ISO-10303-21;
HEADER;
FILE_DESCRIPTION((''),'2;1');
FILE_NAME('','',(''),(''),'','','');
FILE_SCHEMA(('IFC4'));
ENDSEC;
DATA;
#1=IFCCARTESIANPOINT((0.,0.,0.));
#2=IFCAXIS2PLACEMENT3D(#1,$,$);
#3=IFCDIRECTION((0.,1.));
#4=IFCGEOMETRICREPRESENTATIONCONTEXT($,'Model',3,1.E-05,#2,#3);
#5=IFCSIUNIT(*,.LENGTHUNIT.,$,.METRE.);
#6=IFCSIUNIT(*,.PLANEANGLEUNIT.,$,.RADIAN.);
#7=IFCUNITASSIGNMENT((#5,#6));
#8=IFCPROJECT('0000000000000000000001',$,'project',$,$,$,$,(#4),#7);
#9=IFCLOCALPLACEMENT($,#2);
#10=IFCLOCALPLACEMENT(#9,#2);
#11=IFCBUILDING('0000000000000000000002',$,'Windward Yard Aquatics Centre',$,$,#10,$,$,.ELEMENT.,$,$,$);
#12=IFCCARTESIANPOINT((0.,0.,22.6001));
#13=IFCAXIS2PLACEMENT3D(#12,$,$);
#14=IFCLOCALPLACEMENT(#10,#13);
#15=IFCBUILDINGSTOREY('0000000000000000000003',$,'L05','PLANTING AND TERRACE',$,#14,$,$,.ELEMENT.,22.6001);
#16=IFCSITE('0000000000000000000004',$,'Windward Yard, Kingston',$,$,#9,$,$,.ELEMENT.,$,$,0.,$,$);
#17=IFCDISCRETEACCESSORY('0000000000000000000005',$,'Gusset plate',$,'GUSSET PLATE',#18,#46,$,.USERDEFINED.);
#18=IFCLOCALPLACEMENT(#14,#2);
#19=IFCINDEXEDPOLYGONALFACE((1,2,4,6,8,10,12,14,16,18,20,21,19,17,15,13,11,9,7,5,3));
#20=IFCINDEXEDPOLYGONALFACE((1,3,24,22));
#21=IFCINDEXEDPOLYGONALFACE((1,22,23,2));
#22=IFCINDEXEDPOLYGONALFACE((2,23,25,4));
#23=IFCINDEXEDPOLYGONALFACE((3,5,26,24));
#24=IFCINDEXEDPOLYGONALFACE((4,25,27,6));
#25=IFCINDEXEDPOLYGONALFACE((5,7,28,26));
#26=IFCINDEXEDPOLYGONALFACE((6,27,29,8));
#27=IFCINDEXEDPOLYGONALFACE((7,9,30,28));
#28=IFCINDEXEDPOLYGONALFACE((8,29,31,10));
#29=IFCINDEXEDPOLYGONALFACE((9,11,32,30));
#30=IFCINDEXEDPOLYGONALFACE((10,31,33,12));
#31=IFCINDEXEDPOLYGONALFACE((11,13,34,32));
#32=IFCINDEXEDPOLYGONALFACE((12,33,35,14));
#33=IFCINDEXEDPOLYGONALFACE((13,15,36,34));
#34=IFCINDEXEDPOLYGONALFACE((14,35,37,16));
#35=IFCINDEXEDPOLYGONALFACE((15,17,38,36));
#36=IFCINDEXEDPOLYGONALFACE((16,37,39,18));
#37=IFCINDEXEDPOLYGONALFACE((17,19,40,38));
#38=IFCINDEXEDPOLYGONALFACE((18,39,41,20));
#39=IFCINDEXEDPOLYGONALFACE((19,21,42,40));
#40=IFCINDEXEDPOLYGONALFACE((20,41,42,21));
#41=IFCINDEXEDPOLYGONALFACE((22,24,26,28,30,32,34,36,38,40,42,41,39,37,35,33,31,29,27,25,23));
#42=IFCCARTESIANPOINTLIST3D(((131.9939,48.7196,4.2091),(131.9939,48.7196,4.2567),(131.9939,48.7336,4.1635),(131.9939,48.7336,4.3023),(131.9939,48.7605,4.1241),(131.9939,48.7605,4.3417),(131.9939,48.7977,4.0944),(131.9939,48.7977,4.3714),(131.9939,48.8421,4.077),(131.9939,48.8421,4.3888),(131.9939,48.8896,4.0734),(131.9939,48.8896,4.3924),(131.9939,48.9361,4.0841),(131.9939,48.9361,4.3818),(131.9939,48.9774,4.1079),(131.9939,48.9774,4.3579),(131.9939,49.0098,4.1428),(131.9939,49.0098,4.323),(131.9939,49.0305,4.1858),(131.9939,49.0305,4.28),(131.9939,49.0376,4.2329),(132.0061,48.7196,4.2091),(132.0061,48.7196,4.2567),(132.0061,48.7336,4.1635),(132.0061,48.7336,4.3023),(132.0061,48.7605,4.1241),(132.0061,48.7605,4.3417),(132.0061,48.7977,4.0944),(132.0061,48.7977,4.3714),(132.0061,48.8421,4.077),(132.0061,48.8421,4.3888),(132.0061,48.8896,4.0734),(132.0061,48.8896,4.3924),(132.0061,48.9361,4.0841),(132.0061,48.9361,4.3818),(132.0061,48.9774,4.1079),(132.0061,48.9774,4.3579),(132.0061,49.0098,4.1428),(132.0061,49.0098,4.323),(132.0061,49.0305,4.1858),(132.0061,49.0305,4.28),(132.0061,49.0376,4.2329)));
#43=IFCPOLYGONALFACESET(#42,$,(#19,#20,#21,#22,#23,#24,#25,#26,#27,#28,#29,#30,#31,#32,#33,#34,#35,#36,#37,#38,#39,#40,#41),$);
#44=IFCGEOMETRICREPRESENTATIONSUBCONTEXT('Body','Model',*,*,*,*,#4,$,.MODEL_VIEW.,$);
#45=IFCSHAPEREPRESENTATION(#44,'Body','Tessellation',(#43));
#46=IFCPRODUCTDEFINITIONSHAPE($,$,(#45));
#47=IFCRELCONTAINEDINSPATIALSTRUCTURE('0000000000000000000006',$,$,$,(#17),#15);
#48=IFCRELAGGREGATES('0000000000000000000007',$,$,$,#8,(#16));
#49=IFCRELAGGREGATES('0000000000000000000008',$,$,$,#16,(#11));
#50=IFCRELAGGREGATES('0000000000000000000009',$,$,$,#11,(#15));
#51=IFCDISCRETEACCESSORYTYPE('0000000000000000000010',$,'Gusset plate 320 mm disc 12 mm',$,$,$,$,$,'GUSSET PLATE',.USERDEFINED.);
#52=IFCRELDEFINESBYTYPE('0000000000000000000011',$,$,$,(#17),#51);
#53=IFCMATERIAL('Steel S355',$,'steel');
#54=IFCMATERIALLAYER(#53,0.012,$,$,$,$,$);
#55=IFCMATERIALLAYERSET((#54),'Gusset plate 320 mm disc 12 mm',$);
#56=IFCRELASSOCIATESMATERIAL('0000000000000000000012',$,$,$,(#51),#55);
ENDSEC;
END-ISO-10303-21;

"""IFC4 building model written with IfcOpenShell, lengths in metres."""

from ifc_helpers import new_model, si_unit, direction, frame, origin, origin_2d, place, context, subcontext, project, spatial, circle, extrude, material, layer, layer_set, type_object, element, save


model = new_model("IFC4")

# Units and contexts
model_context = context("Model", 3, precision=1e-05, world=origin(), true_north=direction((0.0, 1.0)))
body_context = subcontext(model_context, "Body", "Model", "MODEL_VIEW")
ifc_project = project(units=[si_unit("LENGTHUNIT", "METRE"), si_unit("PLANEANGLEUNIT", "RADIAN")], contexts=[model_context])

# Site, building, storey
site_placement = place(None, origin())
site = spatial("IfcSite", under=ifc_project, at=site_placement, Name="Windward Yard, Kingston", CompositionType="ELEMENT", RefElevation=0.0)
building_placement = place(site_placement, origin())
building = spatial("IfcBuilding", under=site, at=building_placement, Name="Windward Yard Aquatics Centre", CompositionType="ELEMENT")
storey_placement = place(building_placement, frame((0.0, 0.0, 22.6001)))
storey = spatial("IfcBuildingStorey", under=building, at=storey_placement, Name="L05", Description="PLANTING AND TERRACE", CompositionType="ELEMENT", Elevation=22.6001)

# Discrete accessory
ifc_material_1 = material(Name="Steel S355", Category="steel")
ifc_layer_1 = layer(ifc_material_1, 0.012)
ifc_layer_set_1 = layer_set([ifc_layer_1], Name="Gusset plate 320 mm disc 12 mm")
discrete_accessory_type_1 = type_object("IfcDiscreteAccessoryType", Name="Gusset plate 320 mm disc 12 mm", ElementType="GUSSET PLATE", PredefinedType="USERDEFINED", material=ifc_layer_set_1)
for number, where, z_axis, x_axis, name in (
    (1, (131.9939, 48.8777, 4.2329), (1.0, 0.0, 0.0), (0.0, 1.0, 0.0), "Gusset plate"),
):
    element("IfcDiscreteAccessory", number, at=place(storey_placement, frame(where, z_axis=z_axis, x_axis=x_axis)), inside=storey, type_object=discrete_accessory_type_1, Name=name, ObjectType="GUSSET PLATE", PredefinedType="USERDEFINED", context=body_context, shape_type="SweptSolid", body=[
        extrude(circle(Radius=0.1599, at=origin_2d()), origin(), (0.0, 0.0, 1.0), 0.0122),
    ])

save(model, "model.ifc")
